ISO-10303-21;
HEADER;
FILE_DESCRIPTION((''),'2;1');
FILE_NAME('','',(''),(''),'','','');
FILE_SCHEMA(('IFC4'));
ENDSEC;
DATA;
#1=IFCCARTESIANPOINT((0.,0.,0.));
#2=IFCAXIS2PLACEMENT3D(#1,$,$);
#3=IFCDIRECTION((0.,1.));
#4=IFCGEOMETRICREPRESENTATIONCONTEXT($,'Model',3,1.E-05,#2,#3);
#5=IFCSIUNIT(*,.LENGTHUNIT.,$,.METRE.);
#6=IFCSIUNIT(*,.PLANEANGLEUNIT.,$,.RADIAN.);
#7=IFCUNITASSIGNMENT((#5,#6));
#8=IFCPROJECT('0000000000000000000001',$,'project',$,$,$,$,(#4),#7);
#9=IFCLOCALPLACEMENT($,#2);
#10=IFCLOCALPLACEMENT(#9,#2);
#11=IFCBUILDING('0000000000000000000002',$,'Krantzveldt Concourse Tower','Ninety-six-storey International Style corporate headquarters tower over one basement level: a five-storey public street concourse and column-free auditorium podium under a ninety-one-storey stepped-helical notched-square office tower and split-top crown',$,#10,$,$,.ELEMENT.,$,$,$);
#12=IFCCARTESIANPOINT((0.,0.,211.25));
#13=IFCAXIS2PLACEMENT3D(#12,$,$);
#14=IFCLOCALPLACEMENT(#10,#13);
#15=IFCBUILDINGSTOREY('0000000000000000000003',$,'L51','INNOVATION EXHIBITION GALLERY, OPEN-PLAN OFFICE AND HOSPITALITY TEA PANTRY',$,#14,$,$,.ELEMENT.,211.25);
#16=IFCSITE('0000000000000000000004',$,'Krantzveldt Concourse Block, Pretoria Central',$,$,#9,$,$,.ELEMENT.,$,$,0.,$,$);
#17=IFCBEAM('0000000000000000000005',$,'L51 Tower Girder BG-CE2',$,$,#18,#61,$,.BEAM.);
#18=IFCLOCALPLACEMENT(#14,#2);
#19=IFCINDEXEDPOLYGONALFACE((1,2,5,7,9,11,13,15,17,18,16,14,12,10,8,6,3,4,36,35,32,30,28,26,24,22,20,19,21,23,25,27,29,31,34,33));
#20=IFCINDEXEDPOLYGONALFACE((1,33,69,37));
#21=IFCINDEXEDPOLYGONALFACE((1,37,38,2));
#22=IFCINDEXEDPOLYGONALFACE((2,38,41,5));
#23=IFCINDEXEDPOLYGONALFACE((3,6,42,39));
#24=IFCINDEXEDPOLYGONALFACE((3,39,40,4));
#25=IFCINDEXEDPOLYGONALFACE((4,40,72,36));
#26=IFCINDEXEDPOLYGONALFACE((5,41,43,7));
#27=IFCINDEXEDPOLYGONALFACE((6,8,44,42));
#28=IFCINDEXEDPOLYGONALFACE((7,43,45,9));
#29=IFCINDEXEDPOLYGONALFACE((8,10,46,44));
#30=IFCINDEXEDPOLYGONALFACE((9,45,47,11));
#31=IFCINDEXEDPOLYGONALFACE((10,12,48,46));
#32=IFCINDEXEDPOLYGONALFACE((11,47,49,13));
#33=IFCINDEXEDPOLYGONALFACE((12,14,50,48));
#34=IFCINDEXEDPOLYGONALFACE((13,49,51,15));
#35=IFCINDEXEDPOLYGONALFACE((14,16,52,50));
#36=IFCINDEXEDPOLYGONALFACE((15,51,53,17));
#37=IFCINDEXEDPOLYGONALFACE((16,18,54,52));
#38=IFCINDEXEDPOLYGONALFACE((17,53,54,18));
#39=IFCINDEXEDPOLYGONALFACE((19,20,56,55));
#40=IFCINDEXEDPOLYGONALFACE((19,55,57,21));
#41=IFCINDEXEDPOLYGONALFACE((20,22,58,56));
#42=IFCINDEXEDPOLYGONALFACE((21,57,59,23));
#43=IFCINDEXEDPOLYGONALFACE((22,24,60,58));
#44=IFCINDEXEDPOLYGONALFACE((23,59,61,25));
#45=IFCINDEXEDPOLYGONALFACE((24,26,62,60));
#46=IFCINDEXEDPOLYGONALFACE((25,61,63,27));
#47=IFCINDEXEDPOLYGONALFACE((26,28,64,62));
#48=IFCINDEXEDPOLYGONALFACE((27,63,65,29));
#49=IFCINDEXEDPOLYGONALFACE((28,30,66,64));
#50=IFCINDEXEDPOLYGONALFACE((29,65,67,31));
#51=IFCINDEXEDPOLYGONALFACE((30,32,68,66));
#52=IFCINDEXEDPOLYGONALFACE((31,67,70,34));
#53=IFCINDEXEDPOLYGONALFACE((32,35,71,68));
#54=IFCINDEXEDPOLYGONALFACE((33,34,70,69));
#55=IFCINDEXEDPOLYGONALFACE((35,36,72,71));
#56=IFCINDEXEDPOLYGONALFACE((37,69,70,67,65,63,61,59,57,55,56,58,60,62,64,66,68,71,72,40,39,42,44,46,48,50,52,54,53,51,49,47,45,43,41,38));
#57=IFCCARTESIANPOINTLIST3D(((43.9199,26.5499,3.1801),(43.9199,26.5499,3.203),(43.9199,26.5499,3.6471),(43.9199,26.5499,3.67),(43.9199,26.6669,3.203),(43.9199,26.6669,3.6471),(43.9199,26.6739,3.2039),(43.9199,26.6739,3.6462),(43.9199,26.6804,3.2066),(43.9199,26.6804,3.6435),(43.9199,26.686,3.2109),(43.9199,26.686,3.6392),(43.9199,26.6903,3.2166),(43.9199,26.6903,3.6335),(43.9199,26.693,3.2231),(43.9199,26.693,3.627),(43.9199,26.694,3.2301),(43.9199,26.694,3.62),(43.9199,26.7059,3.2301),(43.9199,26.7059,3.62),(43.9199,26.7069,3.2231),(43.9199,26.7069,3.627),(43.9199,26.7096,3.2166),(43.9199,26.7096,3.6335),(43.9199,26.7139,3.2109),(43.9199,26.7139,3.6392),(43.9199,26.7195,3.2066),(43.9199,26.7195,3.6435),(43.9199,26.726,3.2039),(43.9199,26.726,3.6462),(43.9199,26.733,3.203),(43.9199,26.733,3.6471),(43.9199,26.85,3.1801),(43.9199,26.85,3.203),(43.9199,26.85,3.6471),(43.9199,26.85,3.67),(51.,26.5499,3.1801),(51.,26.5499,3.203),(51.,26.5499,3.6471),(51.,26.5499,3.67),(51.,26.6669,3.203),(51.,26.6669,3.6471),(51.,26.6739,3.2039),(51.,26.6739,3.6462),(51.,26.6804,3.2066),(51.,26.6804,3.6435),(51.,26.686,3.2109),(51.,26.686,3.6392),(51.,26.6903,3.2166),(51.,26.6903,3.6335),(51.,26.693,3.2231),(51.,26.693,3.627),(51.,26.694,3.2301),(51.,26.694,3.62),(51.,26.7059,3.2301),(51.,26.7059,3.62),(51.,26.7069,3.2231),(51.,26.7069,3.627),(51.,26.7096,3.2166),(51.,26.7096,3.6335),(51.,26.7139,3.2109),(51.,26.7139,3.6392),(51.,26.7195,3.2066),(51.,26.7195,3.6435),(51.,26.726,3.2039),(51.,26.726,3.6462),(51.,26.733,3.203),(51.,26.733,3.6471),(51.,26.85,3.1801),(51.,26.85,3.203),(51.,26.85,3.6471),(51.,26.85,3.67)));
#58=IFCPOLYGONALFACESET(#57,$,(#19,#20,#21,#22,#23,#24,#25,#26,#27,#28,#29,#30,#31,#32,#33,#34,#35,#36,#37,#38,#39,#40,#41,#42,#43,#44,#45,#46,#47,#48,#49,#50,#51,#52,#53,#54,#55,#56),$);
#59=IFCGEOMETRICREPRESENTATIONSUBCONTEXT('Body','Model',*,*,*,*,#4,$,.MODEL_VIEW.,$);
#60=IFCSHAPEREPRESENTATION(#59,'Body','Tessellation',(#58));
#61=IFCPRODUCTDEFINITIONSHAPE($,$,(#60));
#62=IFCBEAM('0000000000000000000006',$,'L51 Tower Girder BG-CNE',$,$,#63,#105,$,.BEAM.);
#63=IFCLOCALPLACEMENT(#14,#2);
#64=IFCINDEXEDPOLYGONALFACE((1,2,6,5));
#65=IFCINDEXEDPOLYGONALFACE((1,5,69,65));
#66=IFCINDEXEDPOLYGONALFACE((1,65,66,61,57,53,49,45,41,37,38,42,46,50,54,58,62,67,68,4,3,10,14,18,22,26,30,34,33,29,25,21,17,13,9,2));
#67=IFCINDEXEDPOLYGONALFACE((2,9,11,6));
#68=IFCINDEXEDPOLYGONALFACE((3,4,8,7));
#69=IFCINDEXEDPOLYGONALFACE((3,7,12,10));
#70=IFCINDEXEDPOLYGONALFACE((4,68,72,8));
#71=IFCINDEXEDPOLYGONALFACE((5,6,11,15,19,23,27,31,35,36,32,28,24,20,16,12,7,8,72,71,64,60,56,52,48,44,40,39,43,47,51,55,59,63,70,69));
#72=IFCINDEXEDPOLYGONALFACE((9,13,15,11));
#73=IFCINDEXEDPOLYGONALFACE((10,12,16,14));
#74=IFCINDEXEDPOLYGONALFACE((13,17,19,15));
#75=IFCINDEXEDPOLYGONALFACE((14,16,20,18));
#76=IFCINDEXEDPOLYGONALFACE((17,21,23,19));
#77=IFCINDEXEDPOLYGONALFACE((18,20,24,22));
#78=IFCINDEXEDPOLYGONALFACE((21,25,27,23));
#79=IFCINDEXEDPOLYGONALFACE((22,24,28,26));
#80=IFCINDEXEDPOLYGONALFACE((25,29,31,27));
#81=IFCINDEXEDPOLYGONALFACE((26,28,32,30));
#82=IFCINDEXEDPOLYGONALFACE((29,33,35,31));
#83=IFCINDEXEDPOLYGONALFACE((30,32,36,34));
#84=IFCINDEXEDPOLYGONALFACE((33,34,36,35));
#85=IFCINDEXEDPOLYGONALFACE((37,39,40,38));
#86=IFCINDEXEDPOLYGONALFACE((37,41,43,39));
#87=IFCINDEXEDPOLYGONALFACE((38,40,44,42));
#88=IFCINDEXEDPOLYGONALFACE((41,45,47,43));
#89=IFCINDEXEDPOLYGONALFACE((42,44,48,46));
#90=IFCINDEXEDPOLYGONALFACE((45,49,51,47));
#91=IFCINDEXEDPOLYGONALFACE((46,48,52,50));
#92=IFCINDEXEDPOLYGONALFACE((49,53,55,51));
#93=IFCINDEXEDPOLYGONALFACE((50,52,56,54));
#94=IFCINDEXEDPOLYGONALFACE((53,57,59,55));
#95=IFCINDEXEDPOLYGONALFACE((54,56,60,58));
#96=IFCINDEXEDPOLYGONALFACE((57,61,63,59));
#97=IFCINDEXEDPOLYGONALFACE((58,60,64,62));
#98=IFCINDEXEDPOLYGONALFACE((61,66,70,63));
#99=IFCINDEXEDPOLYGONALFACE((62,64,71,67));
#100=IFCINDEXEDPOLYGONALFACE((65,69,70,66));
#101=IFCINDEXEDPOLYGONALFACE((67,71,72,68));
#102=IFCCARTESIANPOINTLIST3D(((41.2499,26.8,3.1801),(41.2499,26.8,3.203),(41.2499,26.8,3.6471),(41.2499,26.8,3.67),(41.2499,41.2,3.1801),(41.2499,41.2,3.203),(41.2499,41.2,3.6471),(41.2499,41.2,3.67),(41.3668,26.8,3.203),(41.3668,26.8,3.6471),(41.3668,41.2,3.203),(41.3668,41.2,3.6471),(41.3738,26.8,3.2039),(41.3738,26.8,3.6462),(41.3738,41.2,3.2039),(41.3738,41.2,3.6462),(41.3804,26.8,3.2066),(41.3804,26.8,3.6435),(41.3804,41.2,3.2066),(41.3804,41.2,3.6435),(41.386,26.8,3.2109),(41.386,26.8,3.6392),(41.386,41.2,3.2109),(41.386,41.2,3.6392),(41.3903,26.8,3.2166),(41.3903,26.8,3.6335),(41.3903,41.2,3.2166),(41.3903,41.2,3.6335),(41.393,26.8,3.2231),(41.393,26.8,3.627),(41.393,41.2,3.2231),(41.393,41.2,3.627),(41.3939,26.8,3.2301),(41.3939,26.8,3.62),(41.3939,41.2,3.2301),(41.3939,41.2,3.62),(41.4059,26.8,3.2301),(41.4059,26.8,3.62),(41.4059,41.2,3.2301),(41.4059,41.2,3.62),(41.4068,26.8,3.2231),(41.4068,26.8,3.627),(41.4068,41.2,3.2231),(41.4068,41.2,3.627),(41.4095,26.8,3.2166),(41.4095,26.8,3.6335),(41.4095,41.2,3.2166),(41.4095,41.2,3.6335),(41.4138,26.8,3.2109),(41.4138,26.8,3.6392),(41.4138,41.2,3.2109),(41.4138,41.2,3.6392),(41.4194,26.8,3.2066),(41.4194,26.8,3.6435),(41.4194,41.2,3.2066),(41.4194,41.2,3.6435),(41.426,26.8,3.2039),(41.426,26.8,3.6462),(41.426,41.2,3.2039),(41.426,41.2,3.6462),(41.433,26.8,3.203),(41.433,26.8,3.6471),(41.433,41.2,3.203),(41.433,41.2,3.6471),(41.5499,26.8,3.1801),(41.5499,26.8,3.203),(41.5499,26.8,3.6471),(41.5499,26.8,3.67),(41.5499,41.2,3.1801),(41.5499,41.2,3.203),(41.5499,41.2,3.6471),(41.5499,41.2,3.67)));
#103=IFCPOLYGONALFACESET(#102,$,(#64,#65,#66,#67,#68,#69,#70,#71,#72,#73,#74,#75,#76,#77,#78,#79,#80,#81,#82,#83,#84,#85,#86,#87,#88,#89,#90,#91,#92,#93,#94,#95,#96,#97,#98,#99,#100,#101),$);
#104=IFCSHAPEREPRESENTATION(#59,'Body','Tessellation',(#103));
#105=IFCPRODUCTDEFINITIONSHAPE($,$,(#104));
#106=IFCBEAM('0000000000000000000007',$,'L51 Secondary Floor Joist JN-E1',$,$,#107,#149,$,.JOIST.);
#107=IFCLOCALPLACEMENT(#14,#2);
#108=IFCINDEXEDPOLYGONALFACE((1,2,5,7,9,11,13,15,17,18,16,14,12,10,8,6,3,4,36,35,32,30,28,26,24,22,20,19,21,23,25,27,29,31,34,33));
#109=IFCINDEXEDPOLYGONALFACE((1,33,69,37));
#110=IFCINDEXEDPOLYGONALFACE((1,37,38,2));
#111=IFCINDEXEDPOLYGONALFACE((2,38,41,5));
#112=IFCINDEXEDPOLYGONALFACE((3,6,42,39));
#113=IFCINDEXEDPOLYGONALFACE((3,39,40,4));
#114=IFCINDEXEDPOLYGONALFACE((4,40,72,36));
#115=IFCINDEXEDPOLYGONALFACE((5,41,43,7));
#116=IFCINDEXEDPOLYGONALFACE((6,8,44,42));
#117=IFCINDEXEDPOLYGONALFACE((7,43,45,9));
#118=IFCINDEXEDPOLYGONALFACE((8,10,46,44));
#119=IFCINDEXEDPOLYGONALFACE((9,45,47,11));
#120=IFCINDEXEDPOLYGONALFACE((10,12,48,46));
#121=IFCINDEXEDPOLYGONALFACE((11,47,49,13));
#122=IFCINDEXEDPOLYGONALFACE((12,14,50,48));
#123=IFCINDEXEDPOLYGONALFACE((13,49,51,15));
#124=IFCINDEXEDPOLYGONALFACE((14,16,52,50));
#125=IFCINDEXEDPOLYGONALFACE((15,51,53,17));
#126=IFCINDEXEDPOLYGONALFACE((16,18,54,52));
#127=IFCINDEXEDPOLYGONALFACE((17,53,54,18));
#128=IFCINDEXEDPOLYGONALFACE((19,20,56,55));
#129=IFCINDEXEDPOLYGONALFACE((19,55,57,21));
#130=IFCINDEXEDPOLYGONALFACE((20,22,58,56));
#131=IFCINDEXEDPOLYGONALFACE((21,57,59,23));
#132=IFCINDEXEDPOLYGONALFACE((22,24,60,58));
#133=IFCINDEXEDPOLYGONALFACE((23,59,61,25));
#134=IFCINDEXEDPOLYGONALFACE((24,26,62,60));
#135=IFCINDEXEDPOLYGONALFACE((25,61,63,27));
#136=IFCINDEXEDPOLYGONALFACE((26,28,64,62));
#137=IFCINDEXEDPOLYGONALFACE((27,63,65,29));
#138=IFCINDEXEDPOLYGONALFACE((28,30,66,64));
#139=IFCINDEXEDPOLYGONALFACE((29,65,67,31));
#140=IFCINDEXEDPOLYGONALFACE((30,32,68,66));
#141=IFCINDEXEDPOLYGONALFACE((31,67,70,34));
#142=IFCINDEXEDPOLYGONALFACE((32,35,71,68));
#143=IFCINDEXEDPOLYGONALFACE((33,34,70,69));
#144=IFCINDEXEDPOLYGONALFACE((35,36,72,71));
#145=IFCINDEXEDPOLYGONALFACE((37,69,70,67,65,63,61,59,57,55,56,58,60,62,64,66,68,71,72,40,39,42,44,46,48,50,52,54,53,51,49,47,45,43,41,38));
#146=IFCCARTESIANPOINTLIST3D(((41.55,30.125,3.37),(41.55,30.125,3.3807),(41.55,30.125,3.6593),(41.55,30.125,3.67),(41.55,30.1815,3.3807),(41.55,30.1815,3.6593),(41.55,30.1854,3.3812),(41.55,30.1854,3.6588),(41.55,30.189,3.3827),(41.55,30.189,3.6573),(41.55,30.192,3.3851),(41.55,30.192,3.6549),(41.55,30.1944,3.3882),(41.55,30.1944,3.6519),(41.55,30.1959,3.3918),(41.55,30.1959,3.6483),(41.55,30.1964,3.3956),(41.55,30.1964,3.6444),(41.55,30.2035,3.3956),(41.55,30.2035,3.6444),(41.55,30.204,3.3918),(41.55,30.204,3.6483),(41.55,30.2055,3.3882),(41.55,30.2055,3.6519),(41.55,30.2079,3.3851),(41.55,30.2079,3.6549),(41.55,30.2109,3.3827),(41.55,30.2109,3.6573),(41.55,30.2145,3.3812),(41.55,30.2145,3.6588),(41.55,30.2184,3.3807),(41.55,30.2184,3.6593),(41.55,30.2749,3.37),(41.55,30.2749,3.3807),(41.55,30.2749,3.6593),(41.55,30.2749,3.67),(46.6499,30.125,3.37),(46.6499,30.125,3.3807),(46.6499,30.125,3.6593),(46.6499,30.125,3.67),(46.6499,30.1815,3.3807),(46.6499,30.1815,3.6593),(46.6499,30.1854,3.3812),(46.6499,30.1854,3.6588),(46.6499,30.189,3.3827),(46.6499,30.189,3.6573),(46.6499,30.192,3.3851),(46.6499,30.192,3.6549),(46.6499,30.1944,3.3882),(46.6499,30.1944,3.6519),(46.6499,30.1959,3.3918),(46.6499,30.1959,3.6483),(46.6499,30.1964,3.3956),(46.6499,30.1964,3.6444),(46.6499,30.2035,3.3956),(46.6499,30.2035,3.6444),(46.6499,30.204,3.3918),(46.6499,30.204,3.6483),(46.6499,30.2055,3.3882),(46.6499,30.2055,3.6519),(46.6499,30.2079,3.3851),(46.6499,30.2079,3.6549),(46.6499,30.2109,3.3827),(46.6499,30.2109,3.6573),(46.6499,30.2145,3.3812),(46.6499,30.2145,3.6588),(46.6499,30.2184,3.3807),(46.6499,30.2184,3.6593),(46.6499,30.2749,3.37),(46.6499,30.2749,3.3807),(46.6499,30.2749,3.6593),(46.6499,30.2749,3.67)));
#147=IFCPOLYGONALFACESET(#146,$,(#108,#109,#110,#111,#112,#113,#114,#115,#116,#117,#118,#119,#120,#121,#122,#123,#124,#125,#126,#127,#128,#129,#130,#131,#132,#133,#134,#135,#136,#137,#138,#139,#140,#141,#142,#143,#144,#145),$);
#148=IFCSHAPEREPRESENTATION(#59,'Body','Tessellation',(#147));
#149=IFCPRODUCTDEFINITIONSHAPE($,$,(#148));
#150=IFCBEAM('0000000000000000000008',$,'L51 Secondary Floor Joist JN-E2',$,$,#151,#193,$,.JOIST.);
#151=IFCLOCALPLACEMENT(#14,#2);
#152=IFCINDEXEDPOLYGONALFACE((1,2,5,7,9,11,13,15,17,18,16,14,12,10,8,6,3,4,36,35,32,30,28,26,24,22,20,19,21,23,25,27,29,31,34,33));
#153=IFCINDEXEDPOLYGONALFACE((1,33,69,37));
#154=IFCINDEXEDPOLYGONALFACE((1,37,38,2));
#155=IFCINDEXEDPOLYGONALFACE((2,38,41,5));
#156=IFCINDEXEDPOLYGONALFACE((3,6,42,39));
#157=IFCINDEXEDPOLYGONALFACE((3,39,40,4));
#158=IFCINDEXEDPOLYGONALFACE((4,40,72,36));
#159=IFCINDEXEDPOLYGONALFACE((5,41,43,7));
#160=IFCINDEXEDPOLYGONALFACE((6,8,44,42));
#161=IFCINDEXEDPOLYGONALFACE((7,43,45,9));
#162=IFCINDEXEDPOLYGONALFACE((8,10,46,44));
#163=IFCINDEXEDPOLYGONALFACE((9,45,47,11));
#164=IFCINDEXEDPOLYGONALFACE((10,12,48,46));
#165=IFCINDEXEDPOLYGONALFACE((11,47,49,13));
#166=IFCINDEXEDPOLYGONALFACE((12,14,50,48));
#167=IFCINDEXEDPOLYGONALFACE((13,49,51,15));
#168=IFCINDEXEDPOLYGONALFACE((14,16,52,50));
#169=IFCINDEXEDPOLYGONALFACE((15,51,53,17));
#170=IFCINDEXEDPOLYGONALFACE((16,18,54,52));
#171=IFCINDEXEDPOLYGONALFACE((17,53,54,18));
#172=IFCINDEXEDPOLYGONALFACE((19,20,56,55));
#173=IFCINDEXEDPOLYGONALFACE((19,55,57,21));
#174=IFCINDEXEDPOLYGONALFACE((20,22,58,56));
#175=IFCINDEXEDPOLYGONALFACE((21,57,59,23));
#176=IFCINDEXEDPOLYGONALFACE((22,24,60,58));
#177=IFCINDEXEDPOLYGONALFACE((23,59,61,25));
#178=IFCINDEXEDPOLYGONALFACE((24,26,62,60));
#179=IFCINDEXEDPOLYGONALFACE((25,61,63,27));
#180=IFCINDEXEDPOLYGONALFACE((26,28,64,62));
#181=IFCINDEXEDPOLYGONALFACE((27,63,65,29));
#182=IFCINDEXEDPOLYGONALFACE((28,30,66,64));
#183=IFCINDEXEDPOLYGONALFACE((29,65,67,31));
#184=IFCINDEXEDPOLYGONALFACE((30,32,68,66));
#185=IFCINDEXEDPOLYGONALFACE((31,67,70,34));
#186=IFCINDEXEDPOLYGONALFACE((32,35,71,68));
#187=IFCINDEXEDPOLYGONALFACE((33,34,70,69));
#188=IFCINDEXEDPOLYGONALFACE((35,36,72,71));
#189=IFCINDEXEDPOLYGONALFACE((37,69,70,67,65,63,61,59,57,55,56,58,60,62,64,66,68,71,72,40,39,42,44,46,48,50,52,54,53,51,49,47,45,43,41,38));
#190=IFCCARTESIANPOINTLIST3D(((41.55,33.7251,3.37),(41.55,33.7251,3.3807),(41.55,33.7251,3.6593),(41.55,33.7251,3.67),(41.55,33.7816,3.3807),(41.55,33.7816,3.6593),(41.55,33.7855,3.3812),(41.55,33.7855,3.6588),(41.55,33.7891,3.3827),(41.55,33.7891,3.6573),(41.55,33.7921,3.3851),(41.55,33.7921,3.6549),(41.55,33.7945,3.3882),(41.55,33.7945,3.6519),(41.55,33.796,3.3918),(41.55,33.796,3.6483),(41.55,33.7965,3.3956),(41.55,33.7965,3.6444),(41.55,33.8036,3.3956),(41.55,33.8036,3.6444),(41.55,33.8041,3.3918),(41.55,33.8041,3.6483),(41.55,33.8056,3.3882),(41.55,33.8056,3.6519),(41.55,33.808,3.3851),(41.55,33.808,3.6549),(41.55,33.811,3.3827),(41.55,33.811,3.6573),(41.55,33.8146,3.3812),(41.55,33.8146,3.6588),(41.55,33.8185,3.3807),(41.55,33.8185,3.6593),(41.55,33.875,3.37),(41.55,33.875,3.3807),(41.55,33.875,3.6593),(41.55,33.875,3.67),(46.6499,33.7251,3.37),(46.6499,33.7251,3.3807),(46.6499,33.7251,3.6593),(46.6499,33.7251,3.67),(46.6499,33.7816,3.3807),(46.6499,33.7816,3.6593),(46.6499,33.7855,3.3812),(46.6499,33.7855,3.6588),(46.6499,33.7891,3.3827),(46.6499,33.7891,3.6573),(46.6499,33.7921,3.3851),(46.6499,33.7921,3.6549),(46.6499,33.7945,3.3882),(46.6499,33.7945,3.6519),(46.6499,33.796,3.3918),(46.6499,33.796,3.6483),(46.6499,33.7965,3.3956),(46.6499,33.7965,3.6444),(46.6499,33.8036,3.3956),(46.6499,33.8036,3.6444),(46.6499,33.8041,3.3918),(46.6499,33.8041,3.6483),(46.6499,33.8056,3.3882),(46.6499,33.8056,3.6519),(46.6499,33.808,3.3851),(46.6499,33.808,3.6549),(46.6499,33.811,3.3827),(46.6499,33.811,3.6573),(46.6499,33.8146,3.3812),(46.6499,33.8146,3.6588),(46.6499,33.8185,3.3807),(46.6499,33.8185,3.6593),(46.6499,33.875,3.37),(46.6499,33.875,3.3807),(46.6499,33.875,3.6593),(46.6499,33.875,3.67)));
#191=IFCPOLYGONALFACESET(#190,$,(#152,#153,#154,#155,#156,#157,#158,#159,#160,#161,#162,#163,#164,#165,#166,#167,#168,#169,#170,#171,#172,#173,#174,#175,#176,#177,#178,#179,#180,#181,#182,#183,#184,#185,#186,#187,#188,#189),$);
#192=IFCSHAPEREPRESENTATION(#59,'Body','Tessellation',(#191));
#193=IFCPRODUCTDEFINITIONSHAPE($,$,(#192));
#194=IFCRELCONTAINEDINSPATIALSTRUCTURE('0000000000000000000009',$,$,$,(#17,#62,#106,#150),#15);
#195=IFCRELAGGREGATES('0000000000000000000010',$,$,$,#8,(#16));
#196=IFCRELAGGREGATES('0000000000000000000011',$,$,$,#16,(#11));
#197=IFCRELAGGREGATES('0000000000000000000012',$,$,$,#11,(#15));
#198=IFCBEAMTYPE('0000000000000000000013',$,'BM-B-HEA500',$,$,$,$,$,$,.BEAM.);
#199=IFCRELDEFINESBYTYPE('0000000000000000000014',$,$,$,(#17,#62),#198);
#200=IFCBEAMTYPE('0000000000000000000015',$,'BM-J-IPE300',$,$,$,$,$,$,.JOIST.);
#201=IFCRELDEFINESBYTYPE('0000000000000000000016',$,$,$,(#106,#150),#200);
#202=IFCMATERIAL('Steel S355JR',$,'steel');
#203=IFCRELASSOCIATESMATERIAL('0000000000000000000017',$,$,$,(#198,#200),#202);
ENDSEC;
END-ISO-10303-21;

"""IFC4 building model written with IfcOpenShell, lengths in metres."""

from ifc_helpers import new_model, si_unit, direction, frame, origin, origin_2d, place, context, subcontext, project, spatial, i_section, extrude, source, transform, mapped, material, material_profile, profile_set, type_object, type_shapes, element, save


model = new_model("IFC4")

# Units and contexts
model_context = context("Model", 3, precision=1e-05, world=origin(), true_north=direction((0.0, 1.0)))
body_context = subcontext(model_context, "Body", "Model", "MODEL_VIEW")
ifc_project = project(units=[si_unit("LENGTHUNIT", "METRE"), si_unit("PLANEANGLEUNIT", "RADIAN")], contexts=[model_context])

# Site, building, storey
site_placement = place(None, origin())
site = spatial("IfcSite", under=ifc_project, at=site_placement, Name="Krantzveldt Concourse Block, Pretoria Central", CompositionType="ELEMENT", RefElevation=0.0)
building_placement = place(site_placement, origin())
building = spatial("IfcBuilding", under=site, at=building_placement, Name="Krantzveldt Concourse Tower", Description="Ninety-six-storey International Style corporate headquarters tower over one basement level: a five-storey public street concourse and column-free auditorium podium under a ninety-one-storey stepped-helical notched-square office tower and split-top crown", CompositionType="ELEMENT")
storey_placement = place(building_placement, frame((0.0, 0.0, 211.25)))
storey = spatial("IfcBuildingStorey", under=building, at=storey_placement, Name="L51", Description="INNOVATION EXHIBITION GALLERY, OPEN-PLAN OFFICE AND HOSPITALITY TEA PANTRY", CompositionType="ELEMENT", Elevation=211.25)

# Beams
ifc_material_1 = material(Name="Steel S355JR", Category="steel")
ifc_material_profile_1 = material_profile(ifc_material_1, i_section(OverallWidth=0.3, OverallDepth=0.49, WebThickness=0.012, FlangeThickness=0.0229, FilletRadius=0.0271, at=origin_2d()), Name="Steel S355JR", Category="steel")
ifc_profile_set_1 = profile_set([ifc_material_profile_1], Name="Steel S355JR - HEA 500")
beam_type_1 = type_object("IfcBeamType", Name="BM-B-HEA500", PredefinedType="BEAM", material=ifc_profile_set_1)
shared_shape_1 = source(origin(), body_context, "Body", "SweptSolid", [
    extrude(i_section(OverallWidth=0.3, OverallDepth=0.49, WebThickness=0.012, FlangeThickness=0.0229, FilletRadius=0.0271, at=origin_2d()), origin(), (0.0, 0.0, 1.0), 7.0801),
])
beam_1_placement = place(storey_placement, frame((43.9199, 26.7, 3.425), z_axis=(1.0, 0.0, 0.0), x_axis=(0.0, 1.0, 0.0)))
element("IfcBeam", 1, at=beam_1_placement, inside=storey, type_object=beam_type_1, Name="L51 Tower Girder BG-CE2", PredefinedType="BEAM", context=body_context, shape_type="MappedRepresentation", body=[
    mapped(shared_shape_1, transform((0.0, 0.0, 0.0), x_axis=(1.0, 0.0, 0.0), y_axis=(0.0, 1.0, 0.0), z_axis=(0.0, 0.0, 1.0), scale=1.0)),
])
shared_shape_2 = source(origin(), body_context, "Body", "SweptSolid", [
    extrude(i_section(OverallWidth=0.3, OverallDepth=0.49, WebThickness=0.012, FlangeThickness=0.0229, FilletRadius=0.0271, at=origin_2d()), origin(), (0.0, 0.0, 1.0), 14.3999),
])
type_shapes(beam_type_1, [shared_shape_1, shared_shape_2])
beam_2_placement = place(storey_placement, frame((41.3999, 26.8, 3.425), z_axis=(0.0, 1.0, 0.0), x_axis=(-1.0, 0.0, 0.0)))
element("IfcBeam", 2, at=beam_2_placement, inside=storey, type_object=beam_type_1, Name="L51 Tower Girder BG-CNE", PredefinedType="BEAM", context=body_context, shape_type="MappedRepresentation", body=[
    mapped(shared_shape_2, transform((0.0, 0.0, 0.0), x_axis=(1.0, 0.0, 0.0), y_axis=(0.0, 1.0, 0.0), z_axis=(0.0, 0.0, 1.0), scale=1.0)),
])
ifc_material_profile_2 = material_profile(ifc_material_1, i_section(OverallWidth=0.1499, OverallDepth=0.3, WebThickness=0.0071, FlangeThickness=0.0107, FilletRadius=0.0149, at=origin_2d()), Name="Steel S355JR", Category="steel")
ifc_profile_set_2 = profile_set([ifc_material_profile_2], Name="Steel S355JR - IPE 300")
beam_type_2 = type_object("IfcBeamType", Name="BM-J-IPE300", PredefinedType="JOIST", material=ifc_profile_set_2)
shared_shape_3 = source(origin(), body_context, "Body", "SweptSolid", [
    extrude(i_section(OverallWidth=0.1499, OverallDepth=0.3, WebThickness=0.0071, FlangeThickness=0.0107, FilletRadius=0.0149, at=origin_2d()), origin(), (0.0, 0.0, 1.0), 5.0999),
])
type_shapes(beam_type_2, [shared_shape_3])
for number, where, z_axis, x_axis, name in (
    (3, (41.55, 30.2, 3.52), (1.0, 0.0, 0.0), (0.0, 1.0, 0.0), "L51 Secondary Floor Joist JN-E1"),
    (4, (41.55, 33.8, 3.52), (1.0, 0.0, 0.0), (0.0, 1.0, 0.0), "L51 Secondary Floor Joist JN-E2"),
):
    element("IfcBeam", number, at=place(storey_placement, frame(where, z_axis=z_axis, x_axis=x_axis)), inside=storey, type_object=beam_type_2, Name=name, PredefinedType="JOIST", context=body_context, shape_type="MappedRepresentation", body=[
        mapped(shared_shape_3, transform((0.0, 0.0, 0.0), x_axis=(1.0, 0.0, 0.0), y_axis=(0.0, 1.0, 0.0), z_axis=(0.0, 0.0, 1.0), scale=1.0)),
    ])

save(model, "model.ifc")
